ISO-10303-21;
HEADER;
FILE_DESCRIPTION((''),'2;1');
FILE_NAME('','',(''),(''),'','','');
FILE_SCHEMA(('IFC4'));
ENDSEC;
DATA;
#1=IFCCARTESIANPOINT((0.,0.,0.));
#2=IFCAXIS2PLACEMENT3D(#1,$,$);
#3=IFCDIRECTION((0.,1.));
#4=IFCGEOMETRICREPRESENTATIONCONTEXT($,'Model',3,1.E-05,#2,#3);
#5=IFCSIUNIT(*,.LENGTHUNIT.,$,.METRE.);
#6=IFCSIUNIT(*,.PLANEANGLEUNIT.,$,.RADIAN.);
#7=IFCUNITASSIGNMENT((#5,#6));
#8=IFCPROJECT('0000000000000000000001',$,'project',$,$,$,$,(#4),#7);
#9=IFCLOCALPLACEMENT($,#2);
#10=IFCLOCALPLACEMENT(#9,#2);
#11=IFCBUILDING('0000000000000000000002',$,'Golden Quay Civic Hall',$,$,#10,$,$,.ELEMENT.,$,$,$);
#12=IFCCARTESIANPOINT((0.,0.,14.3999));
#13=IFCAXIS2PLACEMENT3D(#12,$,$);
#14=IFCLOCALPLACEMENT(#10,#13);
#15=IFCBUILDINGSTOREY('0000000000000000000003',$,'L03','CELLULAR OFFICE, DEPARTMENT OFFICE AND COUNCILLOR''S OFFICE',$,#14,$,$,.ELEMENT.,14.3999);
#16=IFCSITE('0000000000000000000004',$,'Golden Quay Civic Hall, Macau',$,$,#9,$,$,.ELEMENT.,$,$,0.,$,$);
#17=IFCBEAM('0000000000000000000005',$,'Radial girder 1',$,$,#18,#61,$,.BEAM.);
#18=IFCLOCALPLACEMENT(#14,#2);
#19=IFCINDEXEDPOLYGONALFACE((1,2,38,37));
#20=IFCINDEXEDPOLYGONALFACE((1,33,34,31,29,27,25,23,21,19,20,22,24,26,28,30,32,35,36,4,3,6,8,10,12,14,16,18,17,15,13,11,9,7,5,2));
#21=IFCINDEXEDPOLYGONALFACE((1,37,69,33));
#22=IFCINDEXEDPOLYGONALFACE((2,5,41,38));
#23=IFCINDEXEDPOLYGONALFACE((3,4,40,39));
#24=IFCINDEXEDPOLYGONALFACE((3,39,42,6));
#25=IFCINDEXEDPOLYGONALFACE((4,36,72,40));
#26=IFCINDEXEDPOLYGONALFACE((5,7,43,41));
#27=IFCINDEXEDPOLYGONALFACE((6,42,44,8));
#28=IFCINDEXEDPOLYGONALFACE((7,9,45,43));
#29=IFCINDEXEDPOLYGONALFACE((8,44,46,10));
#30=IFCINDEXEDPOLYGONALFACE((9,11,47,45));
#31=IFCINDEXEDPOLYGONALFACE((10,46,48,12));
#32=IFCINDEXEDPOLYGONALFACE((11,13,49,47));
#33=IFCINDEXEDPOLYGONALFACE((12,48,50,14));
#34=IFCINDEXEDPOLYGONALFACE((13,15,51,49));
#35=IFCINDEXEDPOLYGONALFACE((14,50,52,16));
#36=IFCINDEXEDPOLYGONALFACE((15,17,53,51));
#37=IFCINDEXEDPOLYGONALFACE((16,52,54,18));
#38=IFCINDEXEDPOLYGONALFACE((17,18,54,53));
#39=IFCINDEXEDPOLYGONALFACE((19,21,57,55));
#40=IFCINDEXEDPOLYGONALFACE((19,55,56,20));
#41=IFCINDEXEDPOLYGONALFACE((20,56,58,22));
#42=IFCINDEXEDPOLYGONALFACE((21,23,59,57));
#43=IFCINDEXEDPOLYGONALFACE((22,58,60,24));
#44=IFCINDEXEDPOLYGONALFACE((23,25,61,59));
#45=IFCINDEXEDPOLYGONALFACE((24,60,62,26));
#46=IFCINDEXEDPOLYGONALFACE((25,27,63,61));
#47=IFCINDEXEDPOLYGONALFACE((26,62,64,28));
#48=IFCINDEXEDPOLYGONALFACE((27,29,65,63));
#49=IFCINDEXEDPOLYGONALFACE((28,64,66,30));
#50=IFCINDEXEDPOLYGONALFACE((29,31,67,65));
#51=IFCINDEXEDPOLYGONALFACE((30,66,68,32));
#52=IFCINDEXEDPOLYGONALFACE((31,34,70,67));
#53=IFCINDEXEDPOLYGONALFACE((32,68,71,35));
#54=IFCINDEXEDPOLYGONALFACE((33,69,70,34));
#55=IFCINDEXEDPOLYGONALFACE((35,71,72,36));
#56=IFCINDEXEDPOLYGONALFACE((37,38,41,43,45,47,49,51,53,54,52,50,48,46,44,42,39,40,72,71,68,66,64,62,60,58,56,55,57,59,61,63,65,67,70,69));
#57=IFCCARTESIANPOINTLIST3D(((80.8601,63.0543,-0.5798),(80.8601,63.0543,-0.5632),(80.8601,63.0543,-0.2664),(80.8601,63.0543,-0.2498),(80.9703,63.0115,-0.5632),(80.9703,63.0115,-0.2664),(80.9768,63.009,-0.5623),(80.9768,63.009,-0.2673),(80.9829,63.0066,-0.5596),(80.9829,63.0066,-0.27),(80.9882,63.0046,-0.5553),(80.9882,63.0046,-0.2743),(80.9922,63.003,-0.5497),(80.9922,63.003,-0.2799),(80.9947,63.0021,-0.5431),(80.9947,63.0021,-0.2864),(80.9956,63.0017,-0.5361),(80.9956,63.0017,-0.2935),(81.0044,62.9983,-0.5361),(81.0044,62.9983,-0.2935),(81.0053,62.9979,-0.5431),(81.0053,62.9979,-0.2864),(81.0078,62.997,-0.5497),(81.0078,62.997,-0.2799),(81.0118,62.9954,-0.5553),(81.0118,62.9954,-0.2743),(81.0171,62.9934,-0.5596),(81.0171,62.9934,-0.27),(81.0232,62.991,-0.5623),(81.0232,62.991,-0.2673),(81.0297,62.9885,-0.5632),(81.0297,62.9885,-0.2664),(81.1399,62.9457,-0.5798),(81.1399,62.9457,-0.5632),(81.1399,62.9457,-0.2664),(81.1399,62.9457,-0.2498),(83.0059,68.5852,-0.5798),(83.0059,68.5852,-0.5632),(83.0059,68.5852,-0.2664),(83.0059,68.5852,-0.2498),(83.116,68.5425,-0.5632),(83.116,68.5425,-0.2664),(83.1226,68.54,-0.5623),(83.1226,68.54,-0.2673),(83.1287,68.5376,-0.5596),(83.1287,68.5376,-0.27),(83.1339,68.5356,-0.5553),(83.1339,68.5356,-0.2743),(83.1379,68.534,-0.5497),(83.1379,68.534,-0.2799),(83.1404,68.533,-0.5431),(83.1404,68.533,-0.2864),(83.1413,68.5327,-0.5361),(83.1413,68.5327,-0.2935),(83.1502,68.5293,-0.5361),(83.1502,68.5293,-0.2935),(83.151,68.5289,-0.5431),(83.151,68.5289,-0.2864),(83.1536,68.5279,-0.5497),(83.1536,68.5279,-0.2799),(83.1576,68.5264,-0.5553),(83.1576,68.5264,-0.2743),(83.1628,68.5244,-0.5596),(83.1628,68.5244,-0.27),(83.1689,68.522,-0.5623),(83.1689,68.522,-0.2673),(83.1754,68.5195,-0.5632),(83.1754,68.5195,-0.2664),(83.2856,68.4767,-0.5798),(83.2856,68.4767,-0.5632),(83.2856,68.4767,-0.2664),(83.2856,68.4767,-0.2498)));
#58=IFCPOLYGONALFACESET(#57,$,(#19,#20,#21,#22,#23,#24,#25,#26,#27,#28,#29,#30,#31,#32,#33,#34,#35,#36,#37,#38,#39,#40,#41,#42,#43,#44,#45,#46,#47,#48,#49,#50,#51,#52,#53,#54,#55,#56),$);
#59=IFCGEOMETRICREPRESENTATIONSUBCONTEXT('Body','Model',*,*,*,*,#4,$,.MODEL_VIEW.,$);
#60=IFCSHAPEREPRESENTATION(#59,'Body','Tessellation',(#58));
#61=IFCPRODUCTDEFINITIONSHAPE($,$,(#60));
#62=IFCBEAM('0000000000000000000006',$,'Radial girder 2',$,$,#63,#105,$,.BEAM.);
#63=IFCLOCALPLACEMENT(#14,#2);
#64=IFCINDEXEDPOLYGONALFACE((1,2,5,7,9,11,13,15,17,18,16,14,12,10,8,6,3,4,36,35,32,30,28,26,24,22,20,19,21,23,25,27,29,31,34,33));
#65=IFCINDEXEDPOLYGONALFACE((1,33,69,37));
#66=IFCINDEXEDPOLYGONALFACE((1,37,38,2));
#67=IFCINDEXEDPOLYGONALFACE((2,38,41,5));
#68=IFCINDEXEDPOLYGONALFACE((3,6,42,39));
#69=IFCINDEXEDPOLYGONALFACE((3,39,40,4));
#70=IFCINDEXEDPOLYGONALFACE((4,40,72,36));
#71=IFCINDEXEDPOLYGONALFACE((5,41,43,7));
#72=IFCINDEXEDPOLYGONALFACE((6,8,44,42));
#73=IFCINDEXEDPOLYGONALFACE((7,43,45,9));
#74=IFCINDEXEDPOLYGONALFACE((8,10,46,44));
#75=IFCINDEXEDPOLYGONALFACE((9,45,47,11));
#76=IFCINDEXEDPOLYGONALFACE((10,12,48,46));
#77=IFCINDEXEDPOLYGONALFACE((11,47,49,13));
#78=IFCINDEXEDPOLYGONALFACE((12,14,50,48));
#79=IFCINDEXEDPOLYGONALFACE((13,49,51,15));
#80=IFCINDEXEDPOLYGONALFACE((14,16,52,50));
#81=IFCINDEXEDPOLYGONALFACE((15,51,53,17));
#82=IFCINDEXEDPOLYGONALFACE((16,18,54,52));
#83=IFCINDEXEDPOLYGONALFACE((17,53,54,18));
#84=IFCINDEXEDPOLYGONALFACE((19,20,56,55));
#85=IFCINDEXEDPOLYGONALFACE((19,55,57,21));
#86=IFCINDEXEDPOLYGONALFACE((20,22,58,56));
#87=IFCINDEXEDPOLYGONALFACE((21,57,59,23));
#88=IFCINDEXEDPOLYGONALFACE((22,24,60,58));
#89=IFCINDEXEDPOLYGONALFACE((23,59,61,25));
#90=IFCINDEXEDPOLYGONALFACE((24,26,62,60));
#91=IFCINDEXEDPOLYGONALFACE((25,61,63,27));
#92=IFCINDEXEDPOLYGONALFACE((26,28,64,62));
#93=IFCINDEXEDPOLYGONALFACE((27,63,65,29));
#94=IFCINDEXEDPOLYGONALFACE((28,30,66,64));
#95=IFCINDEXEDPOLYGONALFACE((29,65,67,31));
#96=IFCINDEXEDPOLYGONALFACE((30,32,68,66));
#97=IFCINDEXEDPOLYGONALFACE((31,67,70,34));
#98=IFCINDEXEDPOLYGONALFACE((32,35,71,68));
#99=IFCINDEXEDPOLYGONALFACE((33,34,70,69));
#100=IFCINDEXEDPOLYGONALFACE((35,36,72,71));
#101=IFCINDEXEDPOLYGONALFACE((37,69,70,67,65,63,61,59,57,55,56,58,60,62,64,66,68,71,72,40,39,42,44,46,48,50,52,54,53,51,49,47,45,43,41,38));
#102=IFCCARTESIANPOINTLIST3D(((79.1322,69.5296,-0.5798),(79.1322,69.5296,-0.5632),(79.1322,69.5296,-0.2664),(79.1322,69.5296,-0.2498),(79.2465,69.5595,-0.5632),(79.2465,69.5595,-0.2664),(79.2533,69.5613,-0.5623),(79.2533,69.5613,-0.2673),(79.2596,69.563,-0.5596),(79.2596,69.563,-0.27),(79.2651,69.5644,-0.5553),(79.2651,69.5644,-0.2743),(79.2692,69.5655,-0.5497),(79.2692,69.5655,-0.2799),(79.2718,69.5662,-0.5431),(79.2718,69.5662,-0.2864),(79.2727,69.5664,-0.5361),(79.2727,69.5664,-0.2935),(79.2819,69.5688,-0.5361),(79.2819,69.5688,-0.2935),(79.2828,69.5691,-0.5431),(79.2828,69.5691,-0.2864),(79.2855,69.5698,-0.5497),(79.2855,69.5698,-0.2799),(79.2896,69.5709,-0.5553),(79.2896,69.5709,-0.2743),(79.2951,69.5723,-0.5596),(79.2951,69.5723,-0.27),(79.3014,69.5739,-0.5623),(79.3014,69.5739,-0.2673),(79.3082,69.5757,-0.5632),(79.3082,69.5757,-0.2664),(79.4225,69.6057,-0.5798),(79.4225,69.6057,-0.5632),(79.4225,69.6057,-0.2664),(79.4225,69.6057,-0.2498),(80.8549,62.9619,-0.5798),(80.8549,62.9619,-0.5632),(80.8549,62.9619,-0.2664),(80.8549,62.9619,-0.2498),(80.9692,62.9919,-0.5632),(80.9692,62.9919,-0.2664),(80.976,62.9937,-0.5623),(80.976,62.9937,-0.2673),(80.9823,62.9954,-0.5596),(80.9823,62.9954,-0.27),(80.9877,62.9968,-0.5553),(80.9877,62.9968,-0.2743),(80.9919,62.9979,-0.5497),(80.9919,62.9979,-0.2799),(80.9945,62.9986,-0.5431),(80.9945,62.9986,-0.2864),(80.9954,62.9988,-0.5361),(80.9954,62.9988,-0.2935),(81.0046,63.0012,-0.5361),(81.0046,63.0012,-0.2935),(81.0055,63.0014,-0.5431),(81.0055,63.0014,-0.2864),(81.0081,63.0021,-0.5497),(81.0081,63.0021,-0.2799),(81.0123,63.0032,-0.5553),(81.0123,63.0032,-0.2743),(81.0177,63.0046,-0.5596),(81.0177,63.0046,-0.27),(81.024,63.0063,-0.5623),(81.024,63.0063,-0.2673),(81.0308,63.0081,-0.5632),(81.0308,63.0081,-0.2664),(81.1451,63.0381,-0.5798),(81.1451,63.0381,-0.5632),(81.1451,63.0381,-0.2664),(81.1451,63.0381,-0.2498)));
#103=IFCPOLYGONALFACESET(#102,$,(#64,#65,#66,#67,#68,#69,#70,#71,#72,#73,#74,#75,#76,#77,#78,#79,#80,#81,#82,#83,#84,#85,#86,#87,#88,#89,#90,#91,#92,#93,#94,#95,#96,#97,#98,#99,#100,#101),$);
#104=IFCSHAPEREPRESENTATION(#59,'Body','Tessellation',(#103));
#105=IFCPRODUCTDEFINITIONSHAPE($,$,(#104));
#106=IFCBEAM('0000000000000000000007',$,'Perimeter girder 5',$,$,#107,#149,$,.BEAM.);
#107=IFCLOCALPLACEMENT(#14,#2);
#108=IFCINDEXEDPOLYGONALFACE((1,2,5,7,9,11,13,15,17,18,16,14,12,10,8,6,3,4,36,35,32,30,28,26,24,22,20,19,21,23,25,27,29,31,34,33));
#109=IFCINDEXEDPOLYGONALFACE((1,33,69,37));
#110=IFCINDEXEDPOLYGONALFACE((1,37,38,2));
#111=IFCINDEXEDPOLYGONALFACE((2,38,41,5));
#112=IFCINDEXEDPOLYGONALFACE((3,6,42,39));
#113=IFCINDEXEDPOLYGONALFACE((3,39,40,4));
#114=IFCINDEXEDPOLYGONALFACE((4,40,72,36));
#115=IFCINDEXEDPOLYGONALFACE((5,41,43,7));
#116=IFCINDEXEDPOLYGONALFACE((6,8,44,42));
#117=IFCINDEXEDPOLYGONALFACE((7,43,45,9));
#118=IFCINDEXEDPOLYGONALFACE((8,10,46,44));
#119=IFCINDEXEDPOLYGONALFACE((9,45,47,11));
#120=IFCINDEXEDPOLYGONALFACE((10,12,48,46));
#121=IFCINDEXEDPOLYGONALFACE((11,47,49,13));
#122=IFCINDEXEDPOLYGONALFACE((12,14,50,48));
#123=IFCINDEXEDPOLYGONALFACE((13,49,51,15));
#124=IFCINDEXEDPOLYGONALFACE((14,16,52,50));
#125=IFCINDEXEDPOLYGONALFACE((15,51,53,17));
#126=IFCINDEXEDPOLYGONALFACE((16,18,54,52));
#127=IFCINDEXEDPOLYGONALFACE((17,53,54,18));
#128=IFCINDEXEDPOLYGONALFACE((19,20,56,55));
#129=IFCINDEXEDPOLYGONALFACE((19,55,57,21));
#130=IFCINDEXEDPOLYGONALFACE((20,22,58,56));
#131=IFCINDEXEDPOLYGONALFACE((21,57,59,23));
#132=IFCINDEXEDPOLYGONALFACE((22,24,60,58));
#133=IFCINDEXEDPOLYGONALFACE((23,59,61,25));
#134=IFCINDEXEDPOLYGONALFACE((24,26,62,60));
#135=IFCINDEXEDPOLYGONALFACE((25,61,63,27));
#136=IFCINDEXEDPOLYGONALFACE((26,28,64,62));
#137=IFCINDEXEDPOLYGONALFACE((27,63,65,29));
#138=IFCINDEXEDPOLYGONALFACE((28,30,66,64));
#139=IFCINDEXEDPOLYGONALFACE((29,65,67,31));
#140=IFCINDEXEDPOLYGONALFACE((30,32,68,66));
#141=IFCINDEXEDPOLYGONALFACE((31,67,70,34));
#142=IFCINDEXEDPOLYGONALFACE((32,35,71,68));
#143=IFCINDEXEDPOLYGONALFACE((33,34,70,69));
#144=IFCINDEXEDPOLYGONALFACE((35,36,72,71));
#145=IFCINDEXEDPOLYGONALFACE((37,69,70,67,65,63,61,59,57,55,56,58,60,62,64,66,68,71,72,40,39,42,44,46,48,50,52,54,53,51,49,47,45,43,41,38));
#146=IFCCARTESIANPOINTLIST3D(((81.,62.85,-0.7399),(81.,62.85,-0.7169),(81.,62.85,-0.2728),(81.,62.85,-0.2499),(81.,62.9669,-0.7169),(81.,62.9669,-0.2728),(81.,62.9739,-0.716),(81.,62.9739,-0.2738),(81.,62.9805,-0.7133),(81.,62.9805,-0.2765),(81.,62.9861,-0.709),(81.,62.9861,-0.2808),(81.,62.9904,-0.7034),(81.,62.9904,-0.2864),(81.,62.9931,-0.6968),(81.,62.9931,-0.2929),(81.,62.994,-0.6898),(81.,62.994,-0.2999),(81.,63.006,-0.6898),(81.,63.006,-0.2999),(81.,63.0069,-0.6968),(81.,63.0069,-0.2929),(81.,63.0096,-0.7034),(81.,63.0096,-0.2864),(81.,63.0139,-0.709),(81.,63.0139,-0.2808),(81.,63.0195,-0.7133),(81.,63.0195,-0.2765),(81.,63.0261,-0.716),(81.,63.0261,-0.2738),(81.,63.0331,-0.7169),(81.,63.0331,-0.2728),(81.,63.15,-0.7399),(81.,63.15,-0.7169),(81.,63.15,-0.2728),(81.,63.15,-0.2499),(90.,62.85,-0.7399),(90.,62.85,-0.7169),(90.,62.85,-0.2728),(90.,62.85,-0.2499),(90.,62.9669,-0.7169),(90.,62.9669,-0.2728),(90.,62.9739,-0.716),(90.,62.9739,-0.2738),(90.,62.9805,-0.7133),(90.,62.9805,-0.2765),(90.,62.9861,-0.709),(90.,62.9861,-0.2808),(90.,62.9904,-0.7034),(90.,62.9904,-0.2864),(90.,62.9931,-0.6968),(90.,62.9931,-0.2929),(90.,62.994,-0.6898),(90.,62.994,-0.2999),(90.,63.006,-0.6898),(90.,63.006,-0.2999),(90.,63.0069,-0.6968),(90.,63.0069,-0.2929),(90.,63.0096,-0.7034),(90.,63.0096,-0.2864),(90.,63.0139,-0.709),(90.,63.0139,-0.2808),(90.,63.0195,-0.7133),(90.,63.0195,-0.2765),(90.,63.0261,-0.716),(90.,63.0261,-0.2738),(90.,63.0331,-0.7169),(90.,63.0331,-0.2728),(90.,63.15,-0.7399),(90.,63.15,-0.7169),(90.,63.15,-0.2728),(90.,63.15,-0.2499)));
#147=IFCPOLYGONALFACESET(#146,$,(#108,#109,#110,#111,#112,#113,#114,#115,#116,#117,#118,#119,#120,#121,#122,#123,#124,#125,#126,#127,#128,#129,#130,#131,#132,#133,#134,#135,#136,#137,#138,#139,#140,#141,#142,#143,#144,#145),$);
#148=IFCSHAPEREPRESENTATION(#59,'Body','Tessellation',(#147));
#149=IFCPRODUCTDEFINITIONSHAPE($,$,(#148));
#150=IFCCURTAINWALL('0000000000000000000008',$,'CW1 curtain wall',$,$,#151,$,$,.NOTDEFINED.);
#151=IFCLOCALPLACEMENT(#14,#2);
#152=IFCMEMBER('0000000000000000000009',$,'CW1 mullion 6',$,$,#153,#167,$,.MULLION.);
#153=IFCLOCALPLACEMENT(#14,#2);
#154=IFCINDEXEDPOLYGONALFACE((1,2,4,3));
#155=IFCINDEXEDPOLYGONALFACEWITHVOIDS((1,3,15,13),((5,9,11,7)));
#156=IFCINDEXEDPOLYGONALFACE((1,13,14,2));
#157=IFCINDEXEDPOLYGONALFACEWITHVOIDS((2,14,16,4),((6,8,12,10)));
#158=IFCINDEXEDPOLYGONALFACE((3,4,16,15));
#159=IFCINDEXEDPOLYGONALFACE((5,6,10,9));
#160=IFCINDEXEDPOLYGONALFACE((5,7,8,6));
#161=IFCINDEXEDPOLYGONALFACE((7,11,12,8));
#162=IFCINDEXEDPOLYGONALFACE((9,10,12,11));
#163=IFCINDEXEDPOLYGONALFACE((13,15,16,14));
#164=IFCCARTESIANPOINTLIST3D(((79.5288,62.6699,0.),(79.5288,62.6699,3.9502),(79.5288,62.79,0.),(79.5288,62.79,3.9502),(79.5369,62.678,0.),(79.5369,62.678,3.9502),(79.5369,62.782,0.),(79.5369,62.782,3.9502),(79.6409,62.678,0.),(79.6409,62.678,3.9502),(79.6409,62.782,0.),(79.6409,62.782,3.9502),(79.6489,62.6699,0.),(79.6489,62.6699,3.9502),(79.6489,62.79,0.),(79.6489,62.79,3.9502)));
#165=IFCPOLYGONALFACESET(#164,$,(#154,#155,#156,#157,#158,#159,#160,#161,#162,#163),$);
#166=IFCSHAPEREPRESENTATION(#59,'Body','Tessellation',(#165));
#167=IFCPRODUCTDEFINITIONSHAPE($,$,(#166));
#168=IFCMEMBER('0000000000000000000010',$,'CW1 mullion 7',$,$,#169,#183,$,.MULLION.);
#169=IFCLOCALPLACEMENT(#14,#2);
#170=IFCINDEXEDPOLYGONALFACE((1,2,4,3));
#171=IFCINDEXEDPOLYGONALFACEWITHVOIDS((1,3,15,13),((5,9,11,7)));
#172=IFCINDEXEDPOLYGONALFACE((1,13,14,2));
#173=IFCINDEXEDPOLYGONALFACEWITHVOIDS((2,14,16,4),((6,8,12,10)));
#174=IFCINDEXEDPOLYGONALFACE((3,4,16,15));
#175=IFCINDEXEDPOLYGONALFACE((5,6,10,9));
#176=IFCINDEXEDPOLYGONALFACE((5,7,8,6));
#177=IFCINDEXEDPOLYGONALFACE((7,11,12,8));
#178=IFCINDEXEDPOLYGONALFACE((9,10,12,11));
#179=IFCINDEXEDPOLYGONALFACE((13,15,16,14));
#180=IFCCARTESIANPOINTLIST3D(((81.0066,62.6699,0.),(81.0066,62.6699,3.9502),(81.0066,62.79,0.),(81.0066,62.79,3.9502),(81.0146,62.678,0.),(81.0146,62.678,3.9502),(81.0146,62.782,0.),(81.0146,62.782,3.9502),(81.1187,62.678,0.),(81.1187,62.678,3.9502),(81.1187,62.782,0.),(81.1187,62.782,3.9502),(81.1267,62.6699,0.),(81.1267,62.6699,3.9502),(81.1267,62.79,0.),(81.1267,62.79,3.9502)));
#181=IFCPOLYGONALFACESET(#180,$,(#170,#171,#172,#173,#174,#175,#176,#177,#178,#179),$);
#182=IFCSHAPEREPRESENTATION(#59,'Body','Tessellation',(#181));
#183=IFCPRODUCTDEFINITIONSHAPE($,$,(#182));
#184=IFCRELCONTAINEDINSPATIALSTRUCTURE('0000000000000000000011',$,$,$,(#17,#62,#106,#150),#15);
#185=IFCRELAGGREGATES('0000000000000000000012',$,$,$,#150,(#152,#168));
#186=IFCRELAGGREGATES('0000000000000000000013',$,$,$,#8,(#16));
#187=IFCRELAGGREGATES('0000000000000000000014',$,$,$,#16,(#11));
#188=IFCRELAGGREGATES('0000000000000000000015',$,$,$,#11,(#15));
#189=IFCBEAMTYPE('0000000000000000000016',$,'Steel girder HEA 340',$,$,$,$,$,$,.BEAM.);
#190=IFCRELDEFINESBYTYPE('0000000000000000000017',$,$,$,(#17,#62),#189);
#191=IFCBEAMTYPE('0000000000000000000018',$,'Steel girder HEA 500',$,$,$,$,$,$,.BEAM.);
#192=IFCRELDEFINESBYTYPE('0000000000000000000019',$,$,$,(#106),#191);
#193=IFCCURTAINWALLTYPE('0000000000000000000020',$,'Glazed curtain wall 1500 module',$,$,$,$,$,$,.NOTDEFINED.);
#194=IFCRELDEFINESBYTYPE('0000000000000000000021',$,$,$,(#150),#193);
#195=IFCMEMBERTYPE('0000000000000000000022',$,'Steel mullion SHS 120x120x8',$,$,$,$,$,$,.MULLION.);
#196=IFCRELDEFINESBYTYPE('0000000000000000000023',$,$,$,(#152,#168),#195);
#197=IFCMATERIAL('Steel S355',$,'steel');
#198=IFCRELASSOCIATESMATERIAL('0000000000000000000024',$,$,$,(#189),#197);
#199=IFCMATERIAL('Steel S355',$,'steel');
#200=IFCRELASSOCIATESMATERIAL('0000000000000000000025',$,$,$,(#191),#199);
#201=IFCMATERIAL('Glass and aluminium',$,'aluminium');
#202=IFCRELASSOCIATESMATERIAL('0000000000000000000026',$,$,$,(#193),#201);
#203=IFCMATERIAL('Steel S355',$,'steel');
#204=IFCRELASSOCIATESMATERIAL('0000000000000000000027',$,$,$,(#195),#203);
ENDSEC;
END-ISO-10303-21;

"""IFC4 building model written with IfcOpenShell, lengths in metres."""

from ifc_helpers import new_model, si_unit, direction, frame, origin, origin_2d, place, context, subcontext, project, spatial, hollow_rectangle, i_section, extrude, material, material_profile, profile_set, type_object, element, aggregate, save


model = new_model("IFC4")

# Units and contexts
model_context = context("Model", 3, precision=1e-05, world=origin(), true_north=direction((0.0, 1.0)))
body_context = subcontext(model_context, "Body", "Model", "MODEL_VIEW")
ifc_project = project(units=[si_unit("LENGTHUNIT", "METRE"), si_unit("PLANEANGLEUNIT", "RADIAN")], contexts=[model_context])

# Site, building, storey
site_placement = place(None, origin())
site = spatial("IfcSite", under=ifc_project, at=site_placement, Name="Golden Quay Civic Hall, Macau", CompositionType="ELEMENT", RefElevation=0.0)
building_placement = place(site_placement, origin())
building = spatial("IfcBuilding", under=site, at=building_placement, Name="Golden Quay Civic Hall", CompositionType="ELEMENT")
storey_placement = place(building_placement, frame((0.0, 0.0, 14.3999)))
storey = spatial("IfcBuildingStorey", under=building, at=storey_placement, Name="L03", Description="CELLULAR OFFICE, DEPARTMENT OFFICE AND COUNCILLOR'S OFFICE", CompositionType="ELEMENT", Elevation=14.3999)

# Beams
ifc_material_1 = material(Name="Steel S355", Category="steel")
ifc_material_profile_1 = material_profile(ifc_material_1, i_section(OverallWidth=0.3, OverallDepth=0.3301, WebThickness=0.0095, FlangeThickness=0.0166, FilletRadius=0.0271, at=origin_2d()), Name="HEA 340")
ifc_profile_set_1 = profile_set([ifc_material_profile_1], Name="Steel S355")
beam_type_1 = type_object("IfcBeamType", Name="Steel girder HEA 340", PredefinedType="BEAM", material=ifc_profile_set_1)
beam_1_placement = place(storey_placement, frame((81.0, 63.0, -0.4148), z_axis=(0.361686, 0.9323, 0.0), x_axis=(-0.9323, 0.361686, 0.0)))
element("IfcBeam", 1, at=beam_1_placement, inside=storey, type_object=beam_type_1, Name="Radial girder 1", PredefinedType="BEAM", context=body_context, shape_type="SweptSolid", body=[
    extrude(i_section(OverallWidth=0.3, OverallDepth=0.3301, WebThickness=0.0095, FlangeThickness=0.0166, FilletRadius=0.0271, at=origin_2d()), origin(), (0.0, 0.0, 1.0), 5.9326),
])
beam_2_placement = place(storey_placement, frame((81.0, 63.0, -0.4148), z_axis=(-0.253713, 0.96728, 0.0), x_axis=(-0.96728, -0.253713, 0.0)))
element("IfcBeam", 2, at=beam_2_placement, inside=storey, type_object=beam_type_1, Name="Radial girder 2", PredefinedType="BEAM", context=body_context, shape_type="SweptSolid", body=[
    extrude(i_section(OverallWidth=0.3, OverallDepth=0.3301, WebThickness=0.0095, FlangeThickness=0.0166, FilletRadius=0.0271, at=origin_2d()), origin(), (0.0, 0.0, 1.0), 6.7898),
])
ifc_material_2 = material(Name="Steel S355", Category="steel")
ifc_material_profile_2 = material_profile(ifc_material_2, i_section(OverallWidth=0.3, OverallDepth=0.49, WebThickness=0.012, FlangeThickness=0.0229, FilletRadius=0.0271, at=origin_2d()), Name="HEA 500")
ifc_profile_set_2 = profile_set([ifc_material_profile_2], Name="Steel S355")
beam_type_2 = type_object("IfcBeamType", Name="Steel girder HEA 500", PredefinedType="BEAM", material=ifc_profile_set_2)
beam_3_placement = place(storey_placement, frame((81.0, 63.0, -0.4949), z_axis=(1.0, 0.0, 0.0), x_axis=(0.0, 1.0, 0.0)))
element("IfcBeam", 3, at=beam_3_placement, inside=storey, type_object=beam_type_2, Name="Perimeter girder 5", PredefinedType="BEAM", context=body_context, shape_type="SweptSolid", body=[
    extrude(i_section(OverallWidth=0.3, OverallDepth=0.49, WebThickness=0.012, FlangeThickness=0.0229, FilletRadius=0.0271, at=origin_2d()), origin(), (0.0, 0.0, 1.0), 9.0),
])

# Curtain wall, members
ifc_material_3 = material(Name="Glass and aluminium", Category="aluminium")
curtain_wall_type = type_object("IfcCurtainWallType", Name="Glazed curtain wall 1500 module", PredefinedType="NOTDEFINED", material=ifc_material_3)
curtain_wall_placement = place(storey_placement, origin())
curtain_wall = element("IfcCurtainWall", 4, at=curtain_wall_placement, inside=storey, type_object=curtain_wall_type, Name="CW1 curtain wall", PredefinedType="NOTDEFINED")
ifc_material_4 = material(Name="Steel S355", Category="steel")
ifc_material_profile_3 = material_profile(ifc_material_4, hollow_rectangle(XDim=0.1201, YDim=0.1201, WallThickness=0.0081, at=origin_2d()), Name="SHS 120x120x8")
ifc_profile_set_3 = profile_set([ifc_material_profile_3], Name="Steel S355")
member_type_1 = type_object("IfcMemberType", Name="Steel mullion SHS 120x120x8", PredefinedType="MULLION", material=ifc_profile_set_3)
member_1_placement = place(storey_placement, frame((79.5889, 62.73, 0.0), z_axis=(0.0, 0.0, 1.0), x_axis=(0.0, 1.0, 0.0)))
member_1 = element("IfcMember", 5, at=member_1_placement, type_object=member_type_1, Name="CW1 mullion 6", PredefinedType="MULLION", context=body_context, shape_type="SweptSolid", body=[
    extrude(hollow_rectangle(XDim=0.1201, YDim=0.1201, WallThickness=0.0081, at=origin_2d()), origin(), (0.0, 0.0, 1.0), 3.9502),
])
member_2_placement = place(storey_placement, frame((81.0667, 62.73, 0.0), z_axis=(0.0, 0.0, 1.0), x_axis=(0.0, 1.0, 0.0)))
member_2 = element("IfcMember", 6, at=member_2_placement, type_object=member_type_1, Name="CW1 mullion 7", PredefinedType="MULLION", context=body_context, shape_type="SweptSolid", body=[
    extrude(hollow_rectangle(XDim=0.1201, YDim=0.1201, WallThickness=0.0081, at=origin_2d()), origin(), (0.0, 0.0, 1.0), 3.9502),
])
aggregate(curtain_wall, [member_1, member_2])

save(model, "model.ifc")
